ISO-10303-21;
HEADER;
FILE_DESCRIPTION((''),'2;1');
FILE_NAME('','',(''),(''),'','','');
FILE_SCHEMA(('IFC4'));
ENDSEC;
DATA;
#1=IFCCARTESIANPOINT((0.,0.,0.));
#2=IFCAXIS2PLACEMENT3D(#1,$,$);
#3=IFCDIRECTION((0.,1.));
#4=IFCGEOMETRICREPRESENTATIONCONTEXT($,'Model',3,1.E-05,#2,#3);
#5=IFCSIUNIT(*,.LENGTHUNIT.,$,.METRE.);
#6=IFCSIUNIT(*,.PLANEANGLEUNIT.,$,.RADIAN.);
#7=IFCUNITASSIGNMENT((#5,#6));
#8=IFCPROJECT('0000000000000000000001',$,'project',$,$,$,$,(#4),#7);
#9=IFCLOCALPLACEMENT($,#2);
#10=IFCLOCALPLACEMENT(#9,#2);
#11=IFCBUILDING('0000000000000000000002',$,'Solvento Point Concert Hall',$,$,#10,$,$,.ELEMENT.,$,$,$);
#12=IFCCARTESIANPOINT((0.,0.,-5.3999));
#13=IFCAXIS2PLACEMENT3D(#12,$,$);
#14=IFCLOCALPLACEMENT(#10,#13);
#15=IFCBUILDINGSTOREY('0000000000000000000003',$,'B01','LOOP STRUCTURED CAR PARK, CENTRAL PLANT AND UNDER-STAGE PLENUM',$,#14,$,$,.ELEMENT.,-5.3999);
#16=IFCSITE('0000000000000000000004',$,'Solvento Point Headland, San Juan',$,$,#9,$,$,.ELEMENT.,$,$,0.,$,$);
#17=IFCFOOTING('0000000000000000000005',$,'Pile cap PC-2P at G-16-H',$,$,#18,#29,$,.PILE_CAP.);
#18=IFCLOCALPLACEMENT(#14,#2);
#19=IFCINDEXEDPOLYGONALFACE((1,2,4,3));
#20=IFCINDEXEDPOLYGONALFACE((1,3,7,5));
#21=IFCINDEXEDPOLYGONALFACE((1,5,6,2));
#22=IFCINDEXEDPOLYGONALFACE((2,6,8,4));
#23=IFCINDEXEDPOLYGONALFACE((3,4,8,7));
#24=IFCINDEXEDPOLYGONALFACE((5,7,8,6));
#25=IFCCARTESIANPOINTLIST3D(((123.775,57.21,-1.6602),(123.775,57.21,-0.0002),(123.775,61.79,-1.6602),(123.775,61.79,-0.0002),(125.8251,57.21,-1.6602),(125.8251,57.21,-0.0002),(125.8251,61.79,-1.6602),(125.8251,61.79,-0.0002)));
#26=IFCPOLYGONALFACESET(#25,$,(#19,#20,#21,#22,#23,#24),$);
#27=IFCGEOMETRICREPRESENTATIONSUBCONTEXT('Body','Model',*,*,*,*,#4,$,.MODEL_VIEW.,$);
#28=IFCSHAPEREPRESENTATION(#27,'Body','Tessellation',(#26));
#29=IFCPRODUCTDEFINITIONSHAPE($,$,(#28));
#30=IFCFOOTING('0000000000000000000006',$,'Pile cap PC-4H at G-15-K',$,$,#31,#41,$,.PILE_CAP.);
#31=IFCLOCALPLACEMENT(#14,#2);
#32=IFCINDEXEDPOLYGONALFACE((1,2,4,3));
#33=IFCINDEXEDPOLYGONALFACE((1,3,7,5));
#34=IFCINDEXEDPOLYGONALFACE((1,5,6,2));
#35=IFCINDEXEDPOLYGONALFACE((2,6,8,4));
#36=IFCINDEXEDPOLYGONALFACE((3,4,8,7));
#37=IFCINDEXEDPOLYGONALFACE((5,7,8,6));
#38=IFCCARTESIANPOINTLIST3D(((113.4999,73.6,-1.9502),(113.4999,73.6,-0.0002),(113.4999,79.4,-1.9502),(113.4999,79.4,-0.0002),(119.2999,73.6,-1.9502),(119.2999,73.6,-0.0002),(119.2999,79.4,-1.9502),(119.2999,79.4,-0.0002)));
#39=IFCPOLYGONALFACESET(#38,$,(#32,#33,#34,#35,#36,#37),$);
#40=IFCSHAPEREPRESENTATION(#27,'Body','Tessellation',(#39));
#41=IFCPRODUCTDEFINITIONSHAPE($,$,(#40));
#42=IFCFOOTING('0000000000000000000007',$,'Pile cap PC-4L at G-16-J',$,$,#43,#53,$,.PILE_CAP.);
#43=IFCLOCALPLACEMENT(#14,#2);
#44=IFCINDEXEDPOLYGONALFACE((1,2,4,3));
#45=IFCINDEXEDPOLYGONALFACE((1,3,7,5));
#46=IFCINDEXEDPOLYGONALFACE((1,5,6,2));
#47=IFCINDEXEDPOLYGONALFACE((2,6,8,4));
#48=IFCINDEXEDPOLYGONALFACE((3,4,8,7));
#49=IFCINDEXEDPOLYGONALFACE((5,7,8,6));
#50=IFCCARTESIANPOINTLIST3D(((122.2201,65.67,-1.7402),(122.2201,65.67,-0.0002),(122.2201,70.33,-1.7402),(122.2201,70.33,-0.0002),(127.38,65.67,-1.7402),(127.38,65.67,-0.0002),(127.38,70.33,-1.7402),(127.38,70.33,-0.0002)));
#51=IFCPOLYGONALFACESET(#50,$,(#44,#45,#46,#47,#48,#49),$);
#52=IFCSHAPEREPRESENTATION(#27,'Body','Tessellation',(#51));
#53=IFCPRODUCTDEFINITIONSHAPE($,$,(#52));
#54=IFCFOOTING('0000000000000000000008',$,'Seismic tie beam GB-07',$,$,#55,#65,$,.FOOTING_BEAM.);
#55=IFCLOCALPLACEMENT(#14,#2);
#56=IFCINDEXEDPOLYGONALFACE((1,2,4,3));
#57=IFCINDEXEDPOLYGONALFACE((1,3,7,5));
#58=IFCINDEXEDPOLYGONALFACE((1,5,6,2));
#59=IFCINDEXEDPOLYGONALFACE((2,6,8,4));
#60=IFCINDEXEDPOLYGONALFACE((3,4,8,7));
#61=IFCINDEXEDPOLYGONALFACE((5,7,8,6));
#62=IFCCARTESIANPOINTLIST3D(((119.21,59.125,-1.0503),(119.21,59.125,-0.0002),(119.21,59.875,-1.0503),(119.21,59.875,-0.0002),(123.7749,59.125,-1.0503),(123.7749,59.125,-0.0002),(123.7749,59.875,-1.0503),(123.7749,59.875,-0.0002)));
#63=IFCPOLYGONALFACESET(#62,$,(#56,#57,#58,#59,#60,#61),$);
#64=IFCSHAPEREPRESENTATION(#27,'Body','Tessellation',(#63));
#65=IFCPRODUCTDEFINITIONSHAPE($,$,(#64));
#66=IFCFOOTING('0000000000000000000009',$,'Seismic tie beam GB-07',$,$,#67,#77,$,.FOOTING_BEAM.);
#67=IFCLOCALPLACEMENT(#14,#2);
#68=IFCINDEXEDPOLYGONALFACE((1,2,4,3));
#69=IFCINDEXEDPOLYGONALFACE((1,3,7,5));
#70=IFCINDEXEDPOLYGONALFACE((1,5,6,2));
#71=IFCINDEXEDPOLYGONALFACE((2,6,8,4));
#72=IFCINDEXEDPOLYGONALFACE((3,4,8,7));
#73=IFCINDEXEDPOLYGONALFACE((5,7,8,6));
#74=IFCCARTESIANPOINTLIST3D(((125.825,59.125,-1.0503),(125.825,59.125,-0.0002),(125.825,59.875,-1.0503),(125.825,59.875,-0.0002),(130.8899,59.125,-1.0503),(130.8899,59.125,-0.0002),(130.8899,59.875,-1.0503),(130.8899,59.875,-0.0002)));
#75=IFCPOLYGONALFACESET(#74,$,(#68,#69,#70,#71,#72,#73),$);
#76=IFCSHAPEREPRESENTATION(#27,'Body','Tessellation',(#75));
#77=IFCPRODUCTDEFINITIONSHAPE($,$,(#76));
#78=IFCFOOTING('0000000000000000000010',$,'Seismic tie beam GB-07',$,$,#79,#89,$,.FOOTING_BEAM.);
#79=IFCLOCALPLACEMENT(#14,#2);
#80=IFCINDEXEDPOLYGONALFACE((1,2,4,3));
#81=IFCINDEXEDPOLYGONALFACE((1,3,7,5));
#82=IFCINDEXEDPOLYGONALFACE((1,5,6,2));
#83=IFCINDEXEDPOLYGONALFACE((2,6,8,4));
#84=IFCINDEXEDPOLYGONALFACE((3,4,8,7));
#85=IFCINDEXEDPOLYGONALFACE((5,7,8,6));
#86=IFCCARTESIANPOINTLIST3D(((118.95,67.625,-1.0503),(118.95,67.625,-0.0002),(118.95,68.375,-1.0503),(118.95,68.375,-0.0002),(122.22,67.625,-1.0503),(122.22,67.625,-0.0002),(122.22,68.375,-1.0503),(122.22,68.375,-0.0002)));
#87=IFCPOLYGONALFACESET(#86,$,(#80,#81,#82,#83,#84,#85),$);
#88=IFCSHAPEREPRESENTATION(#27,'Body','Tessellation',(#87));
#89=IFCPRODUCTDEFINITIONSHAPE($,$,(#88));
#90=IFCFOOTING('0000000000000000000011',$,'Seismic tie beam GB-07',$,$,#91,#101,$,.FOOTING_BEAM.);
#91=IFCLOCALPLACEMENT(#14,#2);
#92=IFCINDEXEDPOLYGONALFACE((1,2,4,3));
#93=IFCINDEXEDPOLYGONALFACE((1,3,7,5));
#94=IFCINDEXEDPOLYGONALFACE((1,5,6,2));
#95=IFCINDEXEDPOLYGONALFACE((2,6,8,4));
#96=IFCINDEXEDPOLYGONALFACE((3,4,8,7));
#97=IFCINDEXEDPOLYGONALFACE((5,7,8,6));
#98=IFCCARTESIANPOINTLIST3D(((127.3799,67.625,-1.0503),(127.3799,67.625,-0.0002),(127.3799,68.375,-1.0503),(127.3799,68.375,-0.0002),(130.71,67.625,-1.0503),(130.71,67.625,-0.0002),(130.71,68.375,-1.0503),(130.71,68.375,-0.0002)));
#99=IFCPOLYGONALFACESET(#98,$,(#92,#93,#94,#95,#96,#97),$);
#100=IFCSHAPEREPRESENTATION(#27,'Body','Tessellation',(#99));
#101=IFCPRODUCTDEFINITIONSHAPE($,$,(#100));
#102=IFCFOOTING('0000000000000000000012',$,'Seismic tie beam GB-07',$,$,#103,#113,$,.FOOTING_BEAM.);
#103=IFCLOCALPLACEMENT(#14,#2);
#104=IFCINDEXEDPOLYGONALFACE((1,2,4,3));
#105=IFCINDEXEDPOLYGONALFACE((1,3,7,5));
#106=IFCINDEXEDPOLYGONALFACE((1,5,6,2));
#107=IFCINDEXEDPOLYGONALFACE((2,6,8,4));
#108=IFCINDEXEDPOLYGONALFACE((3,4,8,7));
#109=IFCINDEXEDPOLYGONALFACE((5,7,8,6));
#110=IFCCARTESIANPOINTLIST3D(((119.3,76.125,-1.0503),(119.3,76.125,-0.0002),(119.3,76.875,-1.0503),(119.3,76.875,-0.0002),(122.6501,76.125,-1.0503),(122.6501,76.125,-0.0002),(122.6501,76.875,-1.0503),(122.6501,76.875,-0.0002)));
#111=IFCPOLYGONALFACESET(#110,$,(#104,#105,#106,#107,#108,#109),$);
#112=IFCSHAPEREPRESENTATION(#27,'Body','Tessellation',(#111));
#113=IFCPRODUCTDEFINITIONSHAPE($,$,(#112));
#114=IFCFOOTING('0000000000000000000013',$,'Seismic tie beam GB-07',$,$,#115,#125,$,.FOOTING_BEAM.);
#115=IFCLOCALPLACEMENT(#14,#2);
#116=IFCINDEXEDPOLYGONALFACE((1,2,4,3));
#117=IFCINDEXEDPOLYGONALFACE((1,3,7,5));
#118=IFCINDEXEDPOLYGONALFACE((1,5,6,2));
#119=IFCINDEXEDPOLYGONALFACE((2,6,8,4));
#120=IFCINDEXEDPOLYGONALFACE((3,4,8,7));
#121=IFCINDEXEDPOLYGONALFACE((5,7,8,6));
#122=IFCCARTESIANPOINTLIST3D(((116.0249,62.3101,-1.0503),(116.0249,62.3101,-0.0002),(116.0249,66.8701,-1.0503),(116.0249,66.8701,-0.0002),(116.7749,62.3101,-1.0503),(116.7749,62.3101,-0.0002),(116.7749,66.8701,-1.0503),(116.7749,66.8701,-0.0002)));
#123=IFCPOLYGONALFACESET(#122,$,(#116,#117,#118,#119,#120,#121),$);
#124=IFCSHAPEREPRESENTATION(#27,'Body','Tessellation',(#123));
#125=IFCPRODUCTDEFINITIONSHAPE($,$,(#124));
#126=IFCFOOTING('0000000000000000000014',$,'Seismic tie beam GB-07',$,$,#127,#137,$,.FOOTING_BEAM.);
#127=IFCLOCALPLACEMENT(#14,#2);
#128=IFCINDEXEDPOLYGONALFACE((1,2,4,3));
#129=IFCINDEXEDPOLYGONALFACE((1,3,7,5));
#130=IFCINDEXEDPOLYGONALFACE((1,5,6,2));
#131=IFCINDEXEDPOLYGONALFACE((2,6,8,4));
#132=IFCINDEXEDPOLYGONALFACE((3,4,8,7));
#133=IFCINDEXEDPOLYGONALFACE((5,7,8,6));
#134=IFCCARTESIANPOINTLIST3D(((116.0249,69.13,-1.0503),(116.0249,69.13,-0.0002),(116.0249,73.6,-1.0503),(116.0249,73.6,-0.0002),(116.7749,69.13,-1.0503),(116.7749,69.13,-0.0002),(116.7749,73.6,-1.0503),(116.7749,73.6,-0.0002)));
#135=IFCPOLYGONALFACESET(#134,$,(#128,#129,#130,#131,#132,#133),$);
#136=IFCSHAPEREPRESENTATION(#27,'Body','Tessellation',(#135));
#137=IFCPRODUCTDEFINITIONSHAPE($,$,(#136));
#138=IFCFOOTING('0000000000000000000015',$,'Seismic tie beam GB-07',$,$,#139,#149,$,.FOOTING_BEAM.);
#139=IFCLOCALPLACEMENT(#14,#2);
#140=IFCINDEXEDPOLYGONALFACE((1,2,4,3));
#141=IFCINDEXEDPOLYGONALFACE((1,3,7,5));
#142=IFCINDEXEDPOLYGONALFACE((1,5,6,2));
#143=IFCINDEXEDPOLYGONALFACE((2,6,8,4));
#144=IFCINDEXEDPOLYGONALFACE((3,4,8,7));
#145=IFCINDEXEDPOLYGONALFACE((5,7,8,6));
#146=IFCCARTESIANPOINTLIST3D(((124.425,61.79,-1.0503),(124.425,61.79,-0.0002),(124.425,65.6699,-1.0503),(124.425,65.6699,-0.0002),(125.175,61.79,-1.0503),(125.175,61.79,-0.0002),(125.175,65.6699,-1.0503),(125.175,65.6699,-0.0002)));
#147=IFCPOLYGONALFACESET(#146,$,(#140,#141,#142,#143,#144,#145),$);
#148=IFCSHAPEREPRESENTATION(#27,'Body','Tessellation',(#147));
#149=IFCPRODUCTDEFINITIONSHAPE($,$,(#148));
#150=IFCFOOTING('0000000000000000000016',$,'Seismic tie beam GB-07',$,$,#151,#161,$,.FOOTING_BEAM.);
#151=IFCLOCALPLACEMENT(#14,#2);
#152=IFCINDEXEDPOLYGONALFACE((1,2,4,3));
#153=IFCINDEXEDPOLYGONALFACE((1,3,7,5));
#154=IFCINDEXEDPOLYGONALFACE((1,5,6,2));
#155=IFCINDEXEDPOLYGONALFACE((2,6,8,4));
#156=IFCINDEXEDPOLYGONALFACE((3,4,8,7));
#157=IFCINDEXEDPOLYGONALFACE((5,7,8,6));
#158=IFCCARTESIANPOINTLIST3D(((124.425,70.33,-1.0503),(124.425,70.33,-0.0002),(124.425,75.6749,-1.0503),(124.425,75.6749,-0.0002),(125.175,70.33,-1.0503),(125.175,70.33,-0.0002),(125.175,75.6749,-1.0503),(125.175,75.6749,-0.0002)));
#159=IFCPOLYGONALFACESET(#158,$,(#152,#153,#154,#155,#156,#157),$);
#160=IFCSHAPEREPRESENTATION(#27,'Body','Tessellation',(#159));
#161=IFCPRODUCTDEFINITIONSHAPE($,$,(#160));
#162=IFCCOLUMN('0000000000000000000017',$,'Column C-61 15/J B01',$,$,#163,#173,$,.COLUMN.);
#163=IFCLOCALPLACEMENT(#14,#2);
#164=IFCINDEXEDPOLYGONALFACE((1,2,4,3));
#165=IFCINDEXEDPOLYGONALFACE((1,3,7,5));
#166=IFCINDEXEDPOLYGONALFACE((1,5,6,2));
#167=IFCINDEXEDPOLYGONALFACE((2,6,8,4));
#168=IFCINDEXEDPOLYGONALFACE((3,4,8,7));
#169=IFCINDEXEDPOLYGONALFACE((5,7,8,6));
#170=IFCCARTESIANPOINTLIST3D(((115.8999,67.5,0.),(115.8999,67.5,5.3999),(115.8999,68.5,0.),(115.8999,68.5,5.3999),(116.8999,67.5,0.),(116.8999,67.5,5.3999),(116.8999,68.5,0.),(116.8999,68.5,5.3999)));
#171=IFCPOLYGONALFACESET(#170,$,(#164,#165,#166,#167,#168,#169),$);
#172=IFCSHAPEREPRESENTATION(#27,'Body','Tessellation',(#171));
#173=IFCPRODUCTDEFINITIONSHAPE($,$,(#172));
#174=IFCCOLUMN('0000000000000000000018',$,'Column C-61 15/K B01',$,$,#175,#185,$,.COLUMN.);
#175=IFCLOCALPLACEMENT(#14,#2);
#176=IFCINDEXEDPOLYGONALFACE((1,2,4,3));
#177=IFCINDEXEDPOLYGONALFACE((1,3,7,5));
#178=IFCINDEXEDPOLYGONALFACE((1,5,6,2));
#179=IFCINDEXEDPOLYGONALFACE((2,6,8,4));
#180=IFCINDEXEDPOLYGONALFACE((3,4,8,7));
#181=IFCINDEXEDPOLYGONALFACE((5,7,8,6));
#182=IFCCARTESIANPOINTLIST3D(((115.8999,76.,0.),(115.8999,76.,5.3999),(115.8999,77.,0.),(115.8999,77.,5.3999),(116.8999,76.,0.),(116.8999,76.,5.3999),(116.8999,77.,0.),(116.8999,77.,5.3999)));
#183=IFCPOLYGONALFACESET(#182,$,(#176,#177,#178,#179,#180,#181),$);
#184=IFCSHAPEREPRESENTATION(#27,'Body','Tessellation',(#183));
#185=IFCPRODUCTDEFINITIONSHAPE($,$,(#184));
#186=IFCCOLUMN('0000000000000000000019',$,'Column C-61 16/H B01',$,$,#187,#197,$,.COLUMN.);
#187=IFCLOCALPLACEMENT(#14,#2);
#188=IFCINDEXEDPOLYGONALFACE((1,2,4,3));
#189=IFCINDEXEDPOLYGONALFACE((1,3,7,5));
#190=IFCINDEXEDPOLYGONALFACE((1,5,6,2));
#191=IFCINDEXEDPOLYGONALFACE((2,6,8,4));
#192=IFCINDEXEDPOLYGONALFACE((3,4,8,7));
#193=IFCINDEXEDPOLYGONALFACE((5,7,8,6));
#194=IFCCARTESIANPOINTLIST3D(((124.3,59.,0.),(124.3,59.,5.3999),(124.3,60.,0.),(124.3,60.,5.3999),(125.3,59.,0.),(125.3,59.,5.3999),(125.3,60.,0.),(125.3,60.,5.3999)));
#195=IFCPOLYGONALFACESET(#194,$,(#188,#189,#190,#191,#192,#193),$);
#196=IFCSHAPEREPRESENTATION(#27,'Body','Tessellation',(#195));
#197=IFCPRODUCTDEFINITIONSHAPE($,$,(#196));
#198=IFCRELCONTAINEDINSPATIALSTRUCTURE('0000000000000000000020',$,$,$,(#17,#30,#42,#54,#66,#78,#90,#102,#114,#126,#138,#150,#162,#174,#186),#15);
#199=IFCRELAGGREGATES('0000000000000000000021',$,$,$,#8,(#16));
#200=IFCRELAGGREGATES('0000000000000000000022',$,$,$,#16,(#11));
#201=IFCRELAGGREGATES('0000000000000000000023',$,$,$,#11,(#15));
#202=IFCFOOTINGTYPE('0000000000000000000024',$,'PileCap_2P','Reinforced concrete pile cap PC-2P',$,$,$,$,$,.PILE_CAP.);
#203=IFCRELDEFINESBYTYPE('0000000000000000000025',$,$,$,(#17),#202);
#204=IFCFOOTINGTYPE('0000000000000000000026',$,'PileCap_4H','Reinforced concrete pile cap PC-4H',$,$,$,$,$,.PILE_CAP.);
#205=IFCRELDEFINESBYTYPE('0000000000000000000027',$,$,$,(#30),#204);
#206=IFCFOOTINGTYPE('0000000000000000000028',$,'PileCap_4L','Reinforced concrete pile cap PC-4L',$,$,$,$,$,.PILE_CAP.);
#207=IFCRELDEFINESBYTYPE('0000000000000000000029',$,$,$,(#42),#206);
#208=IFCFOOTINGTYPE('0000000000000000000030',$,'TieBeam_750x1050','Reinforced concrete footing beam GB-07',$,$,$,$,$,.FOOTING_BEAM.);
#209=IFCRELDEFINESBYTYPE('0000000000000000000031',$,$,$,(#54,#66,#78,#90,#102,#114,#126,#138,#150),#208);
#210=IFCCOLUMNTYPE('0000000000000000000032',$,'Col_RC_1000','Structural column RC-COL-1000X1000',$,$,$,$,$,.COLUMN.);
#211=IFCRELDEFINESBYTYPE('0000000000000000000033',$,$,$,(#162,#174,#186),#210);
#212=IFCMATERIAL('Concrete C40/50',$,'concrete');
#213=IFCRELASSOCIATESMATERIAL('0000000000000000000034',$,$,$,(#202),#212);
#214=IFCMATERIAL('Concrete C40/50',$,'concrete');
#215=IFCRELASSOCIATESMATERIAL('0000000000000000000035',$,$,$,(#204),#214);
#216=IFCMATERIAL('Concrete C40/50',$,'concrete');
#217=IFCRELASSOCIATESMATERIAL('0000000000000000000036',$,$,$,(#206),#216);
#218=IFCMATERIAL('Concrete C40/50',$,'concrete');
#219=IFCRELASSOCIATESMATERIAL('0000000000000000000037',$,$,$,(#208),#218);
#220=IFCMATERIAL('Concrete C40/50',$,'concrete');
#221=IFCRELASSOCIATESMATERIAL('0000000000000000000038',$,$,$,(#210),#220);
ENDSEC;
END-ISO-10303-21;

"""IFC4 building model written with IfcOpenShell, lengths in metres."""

from ifc_helpers import new_model, si_unit, direction, frame, origin, origin_2d, place, context, subcontext, project, spatial, rectangle, extrude, material, material_profile, profile_set, type_object, element, save


model = new_model("IFC4")

# Units and contexts
model_context = context("Model", 3, precision=1e-05, world=origin(), true_north=direction((0.0, 1.0)))
body_context = subcontext(model_context, "Body", "Model", "MODEL_VIEW")
ifc_project = project(units=[si_unit("LENGTHUNIT", "METRE"), si_unit("PLANEANGLEUNIT", "RADIAN")], contexts=[model_context])

# Site, building, storey
site_placement = place(None, origin())
site = spatial("IfcSite", under=ifc_project, at=site_placement, Name="Solvento Point Headland, San Juan", CompositionType="ELEMENT", RefElevation=0.0)
building_placement = place(site_placement, origin())
building = spatial("IfcBuilding", under=site, at=building_placement, Name="Solvento Point Concert Hall", CompositionType="ELEMENT")
storey_placement = place(building_placement, frame((0.0, 0.0, -5.3999)))
storey = spatial("IfcBuildingStorey", under=building, at=storey_placement, Name="B01", Description="LOOP STRUCTURED CAR PARK, CENTRAL PLANT AND UNDER-STAGE PLENUM", CompositionType="ELEMENT", Elevation=-5.3999)

# Footings
ifc_material_1 = material(Name="Concrete C40/50", Category="concrete")
footing_type_1 = type_object("IfcFootingType", Name="PileCap_2P", Description="Reinforced concrete pile cap PC-2P", PredefinedType="PILE_CAP", material=ifc_material_1)
footing_1_placement = place(storey_placement, frame((124.8, 59.5, -1.6602), z_axis=(0.0, 0.0, 1.0), x_axis=(1.0, 0.0, 0.0)))
element("IfcFooting", 1, at=footing_1_placement, inside=storey, type_object=footing_type_1, Name="Pile cap PC-2P at G-16-H", PredefinedType="PILE_CAP", context=body_context, shape_type="SweptSolid", body=[
    extrude(rectangle(XDim=2.05, YDim=4.5801, at=origin_2d()), origin(), (0.0, 0.0, 1.0), 1.6599),
])
ifc_material_2 = material(Name="Concrete C40/50", Category="concrete")
footing_type_2 = type_object("IfcFootingType", Name="PileCap_4H", Description="Reinforced concrete pile cap PC-4H", PredefinedType="PILE_CAP", material=ifc_material_2)
footing_2_placement = place(storey_placement, frame((116.3999, 76.5, -1.9502), z_axis=(0.0, 0.0, 1.0), x_axis=(1.0, 0.0, 0.0)))
element("IfcFooting", 2, at=footing_2_placement, inside=storey, type_object=footing_type_2, Name="Pile cap PC-4H at G-15-K", PredefinedType="PILE_CAP", context=body_context, shape_type="SweptSolid", body=[
    extrude(rectangle(XDim=5.8, YDim=5.8, at=origin_2d()), origin(), (0.0, 0.0, 1.0), 1.95),
])
ifc_material_3 = material(Name="Concrete C40/50", Category="concrete")
footing_type_3 = type_object("IfcFootingType", Name="PileCap_4L", Description="Reinforced concrete pile cap PC-4L", PredefinedType="PILE_CAP", material=ifc_material_3)
footing_3_placement = place(storey_placement, frame((124.8, 68.0, -1.7402), z_axis=(0.0, 0.0, 1.0), x_axis=(1.0, 0.0, 0.0)))
element("IfcFooting", 3, at=footing_3_placement, inside=storey, type_object=footing_type_3, Name="Pile cap PC-4L at G-16-J", PredefinedType="PILE_CAP", context=body_context, shape_type="SweptSolid", body=[
    extrude(rectangle(XDim=5.1599, YDim=4.6599, at=origin_2d()), origin(), (0.0, 0.0, 1.0), 1.74),
])
ifc_material_4 = material(Name="Concrete C40/50", Category="concrete")
footing_type_4 = type_object("IfcFootingType", Name="TieBeam_750x1050", Description="Reinforced concrete footing beam GB-07", PredefinedType="FOOTING_BEAM", material=ifc_material_4)
footing_4_placement = place(storey_placement, frame((121.4924, 59.5, -1.0503), z_axis=(0.0, 0.0, 1.0), x_axis=(1.0, 0.0, 0.0)))
element("IfcFooting", 4, at=footing_4_placement, inside=storey, type_object=footing_type_4, Name="Seismic tie beam GB-07", PredefinedType="FOOTING_BEAM", context=body_context, shape_type="SweptSolid", body=[
    extrude(rectangle(XDim=4.5649, YDim=0.75, at=origin_2d()), origin(), (0.0, 0.0, 1.0), 1.05),
])
footing_5_placement = place(storey_placement, frame((128.3574, 59.5, -1.0503), z_axis=(0.0, 0.0, 1.0), x_axis=(1.0, 0.0, 0.0)))
element("IfcFooting", 5, at=footing_5_placement, inside=storey, type_object=footing_type_4, Name="Seismic tie beam GB-07", PredefinedType="FOOTING_BEAM", context=body_context, shape_type="SweptSolid", body=[
    extrude(rectangle(XDim=5.0649, YDim=0.75, at=origin_2d()), origin(), (0.0, 0.0, 1.0), 1.05),
])
footing_6_placement = place(storey_placement, frame((120.585, 68.0, -1.0503), z_axis=(0.0, 0.0, 1.0), x_axis=(1.0, 0.0, 0.0)))
element("IfcFooting", 6, at=footing_6_placement, inside=storey, type_object=footing_type_4, Name="Seismic tie beam GB-07", PredefinedType="FOOTING_BEAM", context=body_context, shape_type="SweptSolid", body=[
    extrude(rectangle(XDim=3.27, YDim=0.75, at=origin_2d()), origin(), (0.0, 0.0, 1.0), 1.05),
])
footing_7_placement = place(storey_placement, frame((129.0449, 68.0, -1.0503), z_axis=(0.0, 0.0, 1.0), x_axis=(1.0, 0.0, 0.0)))
element("IfcFooting", 7, at=footing_7_placement, inside=storey, type_object=footing_type_4, Name="Seismic tie beam GB-07", PredefinedType="FOOTING_BEAM", context=body_context, shape_type="SweptSolid", body=[
    extrude(rectangle(XDim=3.3301, YDim=0.75, at=origin_2d()), origin(), (0.0, 0.0, 1.0), 1.05),
])
footing_8_placement = place(storey_placement, frame((120.9751, 76.5, -1.0503), z_axis=(0.0, 0.0, 1.0), x_axis=(1.0, 0.0, 0.0)))
element("IfcFooting", 8, at=footing_8_placement, inside=storey, type_object=footing_type_4, Name="Seismic tie beam GB-07", PredefinedType="FOOTING_BEAM", context=body_context, shape_type="SweptSolid", body=[
    extrude(rectangle(XDim=3.3501, YDim=0.75, at=origin_2d()), origin(), (0.0, 0.0, 1.0), 1.05),
])
footing_9_placement = place(storey_placement, frame((116.3999, 64.5901, -1.0503), z_axis=(0.0, 0.0, 1.0), x_axis=(0.0, 1.0, 0.0)))
element("IfcFooting", 9, at=footing_9_placement, inside=storey, type_object=footing_type_4, Name="Seismic tie beam GB-07", PredefinedType="FOOTING_BEAM", context=body_context, shape_type="SweptSolid", body=[
    extrude(rectangle(XDim=4.5601, YDim=0.75, at=origin_2d()), origin(), (0.0, 0.0, 1.0), 1.05),
])
footing_10_placement = place(storey_placement, frame((116.3999, 71.365, -1.0503), z_axis=(0.0, 0.0, 1.0), x_axis=(0.0, 1.0, 0.0)))
element("IfcFooting", 10, at=footing_10_placement, inside=storey, type_object=footing_type_4, Name="Seismic tie beam GB-07", PredefinedType="FOOTING_BEAM", context=body_context, shape_type="SweptSolid", body=[
    extrude(rectangle(XDim=4.47, YDim=0.75, at=origin_2d()), origin(), (0.0, 0.0, 1.0), 1.05),
])
footing_11_placement = place(storey_placement, frame((124.8, 63.73, -1.0503), z_axis=(0.0, 0.0, 1.0), x_axis=(0.0, 1.0, 0.0)))
element("IfcFooting", 11, at=footing_11_placement, inside=storey, type_object=footing_type_4, Name="Seismic tie beam GB-07", PredefinedType="FOOTING_BEAM", context=body_context, shape_type="SweptSolid", body=[
    extrude(rectangle(XDim=3.8799, YDim=0.75, at=origin_2d()), origin(), (0.0, 0.0, 1.0), 1.05),
])
footing_12_placement = place(storey_placement, frame((124.8, 73.0024, -1.0503), z_axis=(0.0, 0.0, 1.0), x_axis=(0.0, 1.0, 0.0)))
element("IfcFooting", 12, at=footing_12_placement, inside=storey, type_object=footing_type_4, Name="Seismic tie beam GB-07", PredefinedType="FOOTING_BEAM", context=body_context, shape_type="SweptSolid", body=[
    extrude(rectangle(XDim=5.345, YDim=0.75, at=origin_2d()), origin(), (0.0, 0.0, 1.0), 1.05),
])

# Columns
ifc_material_5 = material(Name="Concrete C40/50", Category="concrete")
ifc_material_profile_1 = material_profile(ifc_material_5, rectangle(XDim=1.0, YDim=1.0, at=origin_2d()), Name="RC-COL-1000X1000")
ifc_profile_set_1 = profile_set([ifc_material_profile_1], Name="Concrete C40/50")
column_type_1 = type_object("IfcColumnType", Name="Col_RC_1000", Description="Structural column RC-COL-1000X1000", PredefinedType="COLUMN", material=ifc_profile_set_1)
for number, where, z_axis, x_axis, name in (
    (13, (116.3999, 68.0, 0.0), (0.0, 0.0, 1.0), (1.0, 0.0, 0.0), "Column C-61 15/J B01"),
    (14, (116.3999, 76.5, 0.0), (0.0, 0.0, 1.0), (1.0, 0.0, 0.0), "Column C-61 15/K B01"),
    (15, (124.8, 59.5, 0.0), (0.0, 0.0, 1.0), (1.0, 0.0, 0.0), "Column C-61 16/H B01"),
):
    element("IfcColumn", number, at=place(storey_placement, frame(where, z_axis=z_axis, x_axis=x_axis)), inside=storey, type_object=column_type_1, Name=name, PredefinedType="COLUMN", context=body_context, shape_type="SweptSolid", body=[
        extrude(rectangle(XDim=1.0, YDim=1.0, at=origin_2d()), origin(), (0.0, 0.0, 1.0), 5.3999),
    ])

save(model, "model.ifc")
